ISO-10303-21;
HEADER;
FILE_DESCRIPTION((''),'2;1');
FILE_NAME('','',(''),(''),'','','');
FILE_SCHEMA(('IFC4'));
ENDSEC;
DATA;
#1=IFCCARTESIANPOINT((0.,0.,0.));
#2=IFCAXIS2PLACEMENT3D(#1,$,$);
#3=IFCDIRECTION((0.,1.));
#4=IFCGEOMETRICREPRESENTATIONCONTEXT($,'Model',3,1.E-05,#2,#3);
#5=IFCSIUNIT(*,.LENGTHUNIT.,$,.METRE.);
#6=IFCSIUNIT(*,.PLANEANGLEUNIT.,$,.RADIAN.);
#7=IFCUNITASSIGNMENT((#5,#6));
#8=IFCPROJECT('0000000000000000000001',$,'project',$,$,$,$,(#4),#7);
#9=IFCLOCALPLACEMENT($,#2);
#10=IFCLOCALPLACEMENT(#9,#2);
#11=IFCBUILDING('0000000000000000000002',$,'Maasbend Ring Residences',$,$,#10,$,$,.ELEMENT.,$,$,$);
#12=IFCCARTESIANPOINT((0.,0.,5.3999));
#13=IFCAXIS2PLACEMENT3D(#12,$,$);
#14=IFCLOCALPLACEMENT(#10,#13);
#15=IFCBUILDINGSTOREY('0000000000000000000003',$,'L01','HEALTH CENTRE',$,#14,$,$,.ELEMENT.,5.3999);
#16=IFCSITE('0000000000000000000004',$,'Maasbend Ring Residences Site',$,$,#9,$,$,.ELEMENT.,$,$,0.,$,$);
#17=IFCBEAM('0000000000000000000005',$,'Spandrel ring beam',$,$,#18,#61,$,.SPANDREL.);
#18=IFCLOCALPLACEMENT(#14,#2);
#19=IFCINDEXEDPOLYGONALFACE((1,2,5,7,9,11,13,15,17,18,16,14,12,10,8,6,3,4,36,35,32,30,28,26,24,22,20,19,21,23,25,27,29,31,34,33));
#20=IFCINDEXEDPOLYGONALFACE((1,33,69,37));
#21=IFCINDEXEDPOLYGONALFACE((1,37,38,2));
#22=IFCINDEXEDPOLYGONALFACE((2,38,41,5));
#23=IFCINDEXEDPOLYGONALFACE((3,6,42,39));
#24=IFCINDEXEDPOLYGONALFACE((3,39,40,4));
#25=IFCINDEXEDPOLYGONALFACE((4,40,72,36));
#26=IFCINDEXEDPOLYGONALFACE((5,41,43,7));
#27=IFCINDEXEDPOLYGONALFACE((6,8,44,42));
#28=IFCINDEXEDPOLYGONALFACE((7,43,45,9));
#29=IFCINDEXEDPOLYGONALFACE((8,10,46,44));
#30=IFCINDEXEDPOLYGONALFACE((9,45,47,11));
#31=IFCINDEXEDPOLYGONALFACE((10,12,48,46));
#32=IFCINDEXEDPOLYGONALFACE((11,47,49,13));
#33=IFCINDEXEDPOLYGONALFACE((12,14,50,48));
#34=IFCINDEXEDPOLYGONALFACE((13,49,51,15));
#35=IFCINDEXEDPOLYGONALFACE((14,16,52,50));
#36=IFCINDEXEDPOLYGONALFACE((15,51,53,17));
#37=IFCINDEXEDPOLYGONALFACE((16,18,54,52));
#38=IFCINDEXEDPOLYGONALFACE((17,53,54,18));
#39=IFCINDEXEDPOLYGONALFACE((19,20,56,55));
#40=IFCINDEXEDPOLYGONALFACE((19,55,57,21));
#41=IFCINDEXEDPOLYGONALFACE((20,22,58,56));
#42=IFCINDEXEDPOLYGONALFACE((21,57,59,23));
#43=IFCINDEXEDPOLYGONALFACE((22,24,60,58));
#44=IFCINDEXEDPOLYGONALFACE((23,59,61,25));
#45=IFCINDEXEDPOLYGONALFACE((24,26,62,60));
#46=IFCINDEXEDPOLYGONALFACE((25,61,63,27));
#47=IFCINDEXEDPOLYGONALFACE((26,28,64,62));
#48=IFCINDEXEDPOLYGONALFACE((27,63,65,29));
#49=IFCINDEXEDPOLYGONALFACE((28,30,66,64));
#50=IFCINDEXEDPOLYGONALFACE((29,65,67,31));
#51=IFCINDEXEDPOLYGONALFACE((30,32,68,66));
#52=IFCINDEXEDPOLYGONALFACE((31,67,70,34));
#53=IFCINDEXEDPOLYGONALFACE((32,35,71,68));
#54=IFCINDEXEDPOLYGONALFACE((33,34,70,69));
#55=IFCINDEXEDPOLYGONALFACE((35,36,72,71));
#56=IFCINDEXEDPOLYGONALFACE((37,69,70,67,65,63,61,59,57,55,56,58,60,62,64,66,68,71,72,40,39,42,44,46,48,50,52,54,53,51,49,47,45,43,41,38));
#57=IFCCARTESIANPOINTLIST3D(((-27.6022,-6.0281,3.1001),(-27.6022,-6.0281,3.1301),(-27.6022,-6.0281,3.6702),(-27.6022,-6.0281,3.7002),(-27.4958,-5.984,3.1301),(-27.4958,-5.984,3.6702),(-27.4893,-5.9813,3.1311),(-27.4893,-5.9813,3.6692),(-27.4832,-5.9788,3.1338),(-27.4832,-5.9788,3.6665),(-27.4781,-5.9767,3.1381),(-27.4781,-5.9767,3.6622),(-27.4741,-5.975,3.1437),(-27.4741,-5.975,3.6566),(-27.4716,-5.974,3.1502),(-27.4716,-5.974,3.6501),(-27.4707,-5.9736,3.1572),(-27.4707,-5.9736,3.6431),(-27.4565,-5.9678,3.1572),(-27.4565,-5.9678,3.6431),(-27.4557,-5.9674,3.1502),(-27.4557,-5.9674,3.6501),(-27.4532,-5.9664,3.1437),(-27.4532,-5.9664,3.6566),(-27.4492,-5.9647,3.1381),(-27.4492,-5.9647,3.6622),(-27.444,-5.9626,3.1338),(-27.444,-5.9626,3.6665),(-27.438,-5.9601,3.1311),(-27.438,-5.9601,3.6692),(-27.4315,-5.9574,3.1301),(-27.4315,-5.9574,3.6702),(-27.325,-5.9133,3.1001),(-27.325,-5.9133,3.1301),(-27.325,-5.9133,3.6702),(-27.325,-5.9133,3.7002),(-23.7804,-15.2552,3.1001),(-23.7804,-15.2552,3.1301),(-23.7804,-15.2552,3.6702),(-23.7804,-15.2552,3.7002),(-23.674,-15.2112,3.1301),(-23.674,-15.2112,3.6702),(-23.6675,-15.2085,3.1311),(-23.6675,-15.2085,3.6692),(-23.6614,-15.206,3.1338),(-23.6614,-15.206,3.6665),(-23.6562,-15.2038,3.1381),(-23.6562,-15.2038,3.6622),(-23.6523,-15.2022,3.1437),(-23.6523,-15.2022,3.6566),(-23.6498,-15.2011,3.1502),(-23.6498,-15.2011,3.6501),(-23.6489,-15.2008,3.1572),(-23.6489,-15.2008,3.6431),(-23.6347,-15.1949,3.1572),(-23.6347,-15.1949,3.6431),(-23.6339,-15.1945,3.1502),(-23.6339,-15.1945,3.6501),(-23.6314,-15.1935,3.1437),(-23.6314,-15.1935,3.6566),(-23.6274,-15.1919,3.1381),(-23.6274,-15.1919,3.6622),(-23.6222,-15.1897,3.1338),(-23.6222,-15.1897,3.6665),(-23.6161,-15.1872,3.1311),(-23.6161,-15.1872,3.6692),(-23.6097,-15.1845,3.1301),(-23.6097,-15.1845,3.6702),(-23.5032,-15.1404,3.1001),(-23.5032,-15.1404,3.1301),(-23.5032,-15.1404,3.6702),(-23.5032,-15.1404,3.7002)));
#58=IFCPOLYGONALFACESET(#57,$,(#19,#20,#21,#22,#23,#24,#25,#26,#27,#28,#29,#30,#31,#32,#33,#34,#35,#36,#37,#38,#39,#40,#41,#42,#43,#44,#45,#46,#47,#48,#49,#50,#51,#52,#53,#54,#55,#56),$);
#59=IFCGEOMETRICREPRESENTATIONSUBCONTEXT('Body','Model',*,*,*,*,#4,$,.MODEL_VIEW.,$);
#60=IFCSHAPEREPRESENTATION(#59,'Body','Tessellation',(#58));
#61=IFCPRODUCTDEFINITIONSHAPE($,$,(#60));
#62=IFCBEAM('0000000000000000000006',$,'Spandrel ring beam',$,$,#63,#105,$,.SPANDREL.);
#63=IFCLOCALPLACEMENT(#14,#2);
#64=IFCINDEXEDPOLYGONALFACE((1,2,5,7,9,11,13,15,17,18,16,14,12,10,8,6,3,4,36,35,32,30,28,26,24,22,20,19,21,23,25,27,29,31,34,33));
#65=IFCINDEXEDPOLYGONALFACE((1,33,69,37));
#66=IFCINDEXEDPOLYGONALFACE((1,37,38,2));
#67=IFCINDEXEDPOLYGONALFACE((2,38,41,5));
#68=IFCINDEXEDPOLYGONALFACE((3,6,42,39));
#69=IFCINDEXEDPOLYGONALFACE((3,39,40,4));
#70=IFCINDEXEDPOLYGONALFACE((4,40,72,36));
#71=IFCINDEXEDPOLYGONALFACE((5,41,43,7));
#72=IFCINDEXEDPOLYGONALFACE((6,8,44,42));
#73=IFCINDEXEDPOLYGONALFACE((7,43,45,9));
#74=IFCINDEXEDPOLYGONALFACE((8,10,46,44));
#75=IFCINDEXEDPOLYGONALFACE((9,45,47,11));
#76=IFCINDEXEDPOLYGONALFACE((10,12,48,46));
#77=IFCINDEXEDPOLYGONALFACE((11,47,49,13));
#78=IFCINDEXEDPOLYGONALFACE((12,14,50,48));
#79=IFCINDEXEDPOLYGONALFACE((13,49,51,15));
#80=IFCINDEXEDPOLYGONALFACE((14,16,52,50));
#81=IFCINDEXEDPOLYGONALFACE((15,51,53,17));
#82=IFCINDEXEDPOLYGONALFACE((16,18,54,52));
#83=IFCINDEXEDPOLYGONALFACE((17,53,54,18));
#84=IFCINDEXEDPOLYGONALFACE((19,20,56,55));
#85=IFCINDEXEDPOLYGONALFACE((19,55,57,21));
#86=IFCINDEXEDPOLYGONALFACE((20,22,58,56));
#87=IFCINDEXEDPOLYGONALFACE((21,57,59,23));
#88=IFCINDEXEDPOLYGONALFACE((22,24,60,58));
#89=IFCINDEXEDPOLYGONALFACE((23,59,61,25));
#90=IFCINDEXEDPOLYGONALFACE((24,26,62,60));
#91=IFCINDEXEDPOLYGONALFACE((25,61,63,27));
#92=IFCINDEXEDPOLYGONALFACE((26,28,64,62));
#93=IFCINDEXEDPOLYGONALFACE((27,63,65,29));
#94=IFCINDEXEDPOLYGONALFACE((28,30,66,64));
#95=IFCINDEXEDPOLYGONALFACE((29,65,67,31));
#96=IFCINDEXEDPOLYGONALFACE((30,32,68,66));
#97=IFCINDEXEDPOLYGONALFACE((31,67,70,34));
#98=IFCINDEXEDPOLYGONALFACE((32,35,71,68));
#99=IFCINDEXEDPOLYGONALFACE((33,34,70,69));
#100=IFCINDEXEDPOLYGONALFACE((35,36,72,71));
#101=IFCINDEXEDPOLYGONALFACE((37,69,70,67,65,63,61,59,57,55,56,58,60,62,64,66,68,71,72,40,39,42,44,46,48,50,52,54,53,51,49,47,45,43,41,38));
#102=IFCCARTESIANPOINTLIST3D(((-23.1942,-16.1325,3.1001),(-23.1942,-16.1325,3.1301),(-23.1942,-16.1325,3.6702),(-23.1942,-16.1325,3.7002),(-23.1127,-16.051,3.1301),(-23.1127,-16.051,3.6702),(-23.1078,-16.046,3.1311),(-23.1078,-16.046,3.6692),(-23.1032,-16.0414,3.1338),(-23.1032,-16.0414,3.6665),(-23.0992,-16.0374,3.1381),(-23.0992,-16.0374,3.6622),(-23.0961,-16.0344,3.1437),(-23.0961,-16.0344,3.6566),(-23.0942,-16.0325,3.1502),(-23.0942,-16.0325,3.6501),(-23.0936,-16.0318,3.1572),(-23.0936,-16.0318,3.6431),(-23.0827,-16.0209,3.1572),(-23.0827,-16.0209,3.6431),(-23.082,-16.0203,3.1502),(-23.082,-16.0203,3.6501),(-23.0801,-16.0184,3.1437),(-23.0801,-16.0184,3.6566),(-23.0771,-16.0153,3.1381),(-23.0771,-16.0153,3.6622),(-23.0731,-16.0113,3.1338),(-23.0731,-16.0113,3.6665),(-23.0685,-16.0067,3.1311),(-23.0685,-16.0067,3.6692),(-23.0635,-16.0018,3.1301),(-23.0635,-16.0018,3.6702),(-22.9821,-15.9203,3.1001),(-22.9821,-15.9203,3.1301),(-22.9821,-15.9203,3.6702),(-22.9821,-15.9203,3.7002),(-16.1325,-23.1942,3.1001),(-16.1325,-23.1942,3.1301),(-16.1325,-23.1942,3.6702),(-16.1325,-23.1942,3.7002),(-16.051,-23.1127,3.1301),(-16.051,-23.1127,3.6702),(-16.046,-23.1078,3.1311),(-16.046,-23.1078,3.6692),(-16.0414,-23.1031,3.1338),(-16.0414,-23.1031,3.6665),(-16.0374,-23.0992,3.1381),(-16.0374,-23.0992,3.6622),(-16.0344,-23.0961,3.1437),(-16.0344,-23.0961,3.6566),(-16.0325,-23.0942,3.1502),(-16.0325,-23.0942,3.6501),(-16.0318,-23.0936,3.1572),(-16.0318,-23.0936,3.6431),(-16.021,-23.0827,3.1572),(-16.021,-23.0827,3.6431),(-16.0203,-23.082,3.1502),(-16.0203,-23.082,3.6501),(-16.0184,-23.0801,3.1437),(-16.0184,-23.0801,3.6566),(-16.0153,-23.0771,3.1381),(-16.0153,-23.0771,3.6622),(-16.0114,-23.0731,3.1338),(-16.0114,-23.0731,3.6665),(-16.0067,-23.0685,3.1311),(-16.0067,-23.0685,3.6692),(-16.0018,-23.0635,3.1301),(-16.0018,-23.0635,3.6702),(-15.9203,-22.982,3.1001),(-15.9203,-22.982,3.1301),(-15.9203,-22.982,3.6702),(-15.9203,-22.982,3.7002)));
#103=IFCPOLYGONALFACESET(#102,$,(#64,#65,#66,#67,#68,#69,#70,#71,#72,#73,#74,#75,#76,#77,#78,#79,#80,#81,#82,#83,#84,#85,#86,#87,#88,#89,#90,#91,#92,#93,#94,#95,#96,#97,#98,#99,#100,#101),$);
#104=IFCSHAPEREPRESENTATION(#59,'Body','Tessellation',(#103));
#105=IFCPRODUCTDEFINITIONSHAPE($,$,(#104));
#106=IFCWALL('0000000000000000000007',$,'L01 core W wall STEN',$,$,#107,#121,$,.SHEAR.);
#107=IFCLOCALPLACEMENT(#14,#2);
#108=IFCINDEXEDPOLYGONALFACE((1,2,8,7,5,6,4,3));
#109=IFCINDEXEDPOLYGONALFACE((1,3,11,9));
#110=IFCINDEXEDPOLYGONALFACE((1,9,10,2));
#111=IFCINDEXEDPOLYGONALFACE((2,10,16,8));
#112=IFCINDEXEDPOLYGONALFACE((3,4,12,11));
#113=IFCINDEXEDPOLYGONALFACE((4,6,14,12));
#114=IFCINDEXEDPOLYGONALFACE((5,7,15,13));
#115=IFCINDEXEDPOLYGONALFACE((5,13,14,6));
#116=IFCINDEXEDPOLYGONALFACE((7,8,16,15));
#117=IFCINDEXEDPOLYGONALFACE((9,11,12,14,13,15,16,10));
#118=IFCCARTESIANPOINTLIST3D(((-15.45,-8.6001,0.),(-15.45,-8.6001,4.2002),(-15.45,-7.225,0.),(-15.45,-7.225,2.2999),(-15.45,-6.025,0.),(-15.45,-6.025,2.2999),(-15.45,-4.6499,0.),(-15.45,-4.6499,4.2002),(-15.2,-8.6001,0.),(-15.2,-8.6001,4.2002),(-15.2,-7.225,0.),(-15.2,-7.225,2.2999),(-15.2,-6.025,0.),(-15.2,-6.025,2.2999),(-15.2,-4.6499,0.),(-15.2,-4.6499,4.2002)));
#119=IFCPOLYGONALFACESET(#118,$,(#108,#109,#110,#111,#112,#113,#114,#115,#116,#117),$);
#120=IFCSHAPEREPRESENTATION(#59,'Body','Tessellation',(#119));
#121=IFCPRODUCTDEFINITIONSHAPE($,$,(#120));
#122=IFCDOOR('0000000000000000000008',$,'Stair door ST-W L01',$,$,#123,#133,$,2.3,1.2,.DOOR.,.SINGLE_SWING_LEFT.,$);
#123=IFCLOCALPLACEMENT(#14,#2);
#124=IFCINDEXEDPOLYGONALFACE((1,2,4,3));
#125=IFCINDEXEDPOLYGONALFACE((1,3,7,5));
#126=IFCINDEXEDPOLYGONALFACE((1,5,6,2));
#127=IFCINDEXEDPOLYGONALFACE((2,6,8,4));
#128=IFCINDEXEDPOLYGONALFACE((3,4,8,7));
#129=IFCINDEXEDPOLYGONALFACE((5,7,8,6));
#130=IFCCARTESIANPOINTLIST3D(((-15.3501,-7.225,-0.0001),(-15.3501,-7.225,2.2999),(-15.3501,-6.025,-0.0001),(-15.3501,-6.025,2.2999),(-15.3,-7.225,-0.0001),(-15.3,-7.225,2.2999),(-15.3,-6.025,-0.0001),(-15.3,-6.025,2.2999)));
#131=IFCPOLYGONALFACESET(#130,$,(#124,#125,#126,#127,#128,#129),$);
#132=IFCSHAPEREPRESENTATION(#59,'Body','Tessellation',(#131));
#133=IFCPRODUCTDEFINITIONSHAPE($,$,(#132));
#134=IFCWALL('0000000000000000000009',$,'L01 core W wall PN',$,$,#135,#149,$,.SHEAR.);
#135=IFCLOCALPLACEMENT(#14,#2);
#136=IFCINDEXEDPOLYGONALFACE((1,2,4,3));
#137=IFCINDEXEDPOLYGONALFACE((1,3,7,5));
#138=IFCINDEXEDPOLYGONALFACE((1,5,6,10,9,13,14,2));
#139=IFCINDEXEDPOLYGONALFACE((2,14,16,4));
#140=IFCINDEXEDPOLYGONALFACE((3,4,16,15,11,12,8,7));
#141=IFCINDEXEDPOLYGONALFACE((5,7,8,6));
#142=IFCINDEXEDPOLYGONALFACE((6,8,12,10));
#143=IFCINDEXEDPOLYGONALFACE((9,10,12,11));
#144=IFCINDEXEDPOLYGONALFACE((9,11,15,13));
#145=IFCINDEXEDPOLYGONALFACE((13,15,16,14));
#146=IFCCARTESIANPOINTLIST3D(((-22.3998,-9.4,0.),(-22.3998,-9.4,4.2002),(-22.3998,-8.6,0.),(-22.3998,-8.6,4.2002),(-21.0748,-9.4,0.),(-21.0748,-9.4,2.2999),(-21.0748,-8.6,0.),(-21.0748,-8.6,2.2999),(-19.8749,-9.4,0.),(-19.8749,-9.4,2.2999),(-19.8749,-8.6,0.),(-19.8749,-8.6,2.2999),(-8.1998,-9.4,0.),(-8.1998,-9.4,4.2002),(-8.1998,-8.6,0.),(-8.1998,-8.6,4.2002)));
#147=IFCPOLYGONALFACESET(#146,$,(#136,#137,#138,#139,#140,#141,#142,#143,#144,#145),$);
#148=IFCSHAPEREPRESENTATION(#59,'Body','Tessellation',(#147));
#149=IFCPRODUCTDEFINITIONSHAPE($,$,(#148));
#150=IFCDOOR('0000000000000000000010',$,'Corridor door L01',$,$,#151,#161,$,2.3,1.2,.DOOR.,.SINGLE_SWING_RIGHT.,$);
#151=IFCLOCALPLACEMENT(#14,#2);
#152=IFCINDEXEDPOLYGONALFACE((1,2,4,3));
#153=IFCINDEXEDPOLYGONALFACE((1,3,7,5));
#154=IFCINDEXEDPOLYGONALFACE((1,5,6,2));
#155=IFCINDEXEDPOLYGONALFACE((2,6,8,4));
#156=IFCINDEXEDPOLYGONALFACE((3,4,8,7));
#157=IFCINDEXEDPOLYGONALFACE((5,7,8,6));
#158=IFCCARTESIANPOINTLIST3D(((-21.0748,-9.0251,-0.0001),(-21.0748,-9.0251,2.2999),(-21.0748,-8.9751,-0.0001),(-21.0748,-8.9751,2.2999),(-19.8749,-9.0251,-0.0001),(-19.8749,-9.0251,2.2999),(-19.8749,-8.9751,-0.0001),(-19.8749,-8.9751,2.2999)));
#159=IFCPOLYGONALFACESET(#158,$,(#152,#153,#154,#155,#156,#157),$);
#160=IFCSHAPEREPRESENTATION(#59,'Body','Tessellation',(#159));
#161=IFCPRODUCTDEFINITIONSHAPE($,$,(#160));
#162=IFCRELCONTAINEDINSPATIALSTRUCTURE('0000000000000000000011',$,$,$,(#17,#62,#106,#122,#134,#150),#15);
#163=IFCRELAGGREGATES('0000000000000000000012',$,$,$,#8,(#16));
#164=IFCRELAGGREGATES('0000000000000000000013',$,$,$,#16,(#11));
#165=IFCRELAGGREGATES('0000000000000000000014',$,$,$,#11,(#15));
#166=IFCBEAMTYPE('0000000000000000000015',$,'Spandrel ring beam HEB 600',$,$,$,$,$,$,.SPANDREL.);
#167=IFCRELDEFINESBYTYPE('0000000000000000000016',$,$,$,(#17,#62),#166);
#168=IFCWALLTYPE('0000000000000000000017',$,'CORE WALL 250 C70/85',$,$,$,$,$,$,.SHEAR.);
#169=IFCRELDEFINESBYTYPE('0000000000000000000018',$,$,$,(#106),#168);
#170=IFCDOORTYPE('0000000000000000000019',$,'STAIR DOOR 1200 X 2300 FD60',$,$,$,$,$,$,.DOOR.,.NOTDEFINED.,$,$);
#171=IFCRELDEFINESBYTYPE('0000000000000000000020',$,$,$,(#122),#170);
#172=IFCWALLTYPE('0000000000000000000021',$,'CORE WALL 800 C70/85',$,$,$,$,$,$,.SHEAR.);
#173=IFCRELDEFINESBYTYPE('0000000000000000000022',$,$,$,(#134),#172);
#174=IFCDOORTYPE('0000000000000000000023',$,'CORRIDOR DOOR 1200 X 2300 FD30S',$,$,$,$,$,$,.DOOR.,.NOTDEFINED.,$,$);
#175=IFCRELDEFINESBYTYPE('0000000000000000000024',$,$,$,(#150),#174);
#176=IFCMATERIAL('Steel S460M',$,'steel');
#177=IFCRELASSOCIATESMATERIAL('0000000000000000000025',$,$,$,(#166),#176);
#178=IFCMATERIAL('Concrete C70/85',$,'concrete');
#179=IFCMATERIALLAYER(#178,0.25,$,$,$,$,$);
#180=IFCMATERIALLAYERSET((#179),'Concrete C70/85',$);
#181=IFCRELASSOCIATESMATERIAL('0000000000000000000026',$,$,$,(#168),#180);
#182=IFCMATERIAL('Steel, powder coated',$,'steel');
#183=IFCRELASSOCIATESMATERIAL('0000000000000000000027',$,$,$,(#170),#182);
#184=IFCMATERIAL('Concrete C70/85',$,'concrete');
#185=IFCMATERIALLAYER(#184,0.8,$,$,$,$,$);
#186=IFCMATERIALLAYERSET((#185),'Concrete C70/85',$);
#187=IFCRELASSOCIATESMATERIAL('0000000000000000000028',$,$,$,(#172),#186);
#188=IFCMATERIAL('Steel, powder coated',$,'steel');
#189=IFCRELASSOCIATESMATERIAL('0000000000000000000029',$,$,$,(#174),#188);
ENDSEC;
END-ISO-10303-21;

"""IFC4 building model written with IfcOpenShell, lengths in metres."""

from ifc_helpers import new_model, si_unit, direction, frame, frame_2d, origin, origin_2d, place, context, subcontext, project, spatial, rectangle, i_section, extrude, material, layer, layer_set, material_profile, profile_set, type_object, element, fill, save


model = new_model("IFC4")

# Units and contexts
model_context = context("Model", 3, precision=1e-05, world=origin(), true_north=direction((0.0, 1.0)))
body_context = subcontext(model_context, "Body", "Model", "MODEL_VIEW")
ifc_project = project(units=[si_unit("LENGTHUNIT", "METRE"), si_unit("PLANEANGLEUNIT", "RADIAN")], contexts=[model_context])

# Site, building, storey
site_placement = place(None, origin())
site = spatial("IfcSite", under=ifc_project, at=site_placement, Name="Maasbend Ring Residences Site", CompositionType="ELEMENT", RefElevation=0.0)
building_placement = place(site_placement, origin())
building = spatial("IfcBuilding", under=site, at=building_placement, Name="Maasbend Ring Residences", CompositionType="ELEMENT")
storey_placement = place(building_placement, frame((0.0, 0.0, 5.3999)))
storey = spatial("IfcBuildingStorey", under=building, at=storey_placement, Name="L01", Description="HEALTH CENTRE", CompositionType="ELEMENT", Elevation=5.3999)

# Beams
ifc_material_1 = material(Name="Steel S460M", Category="steel")
ifc_material_profile_1 = material_profile(ifc_material_1, i_section(OverallWidth=0.3, OverallDepth=0.6001, WebThickness=0.0154, FlangeThickness=0.03, FilletRadius=0.0271, at=origin_2d()), Name="HEB 600")
ifc_profile_set_1 = profile_set([ifc_material_profile_1], Name="Steel S460M")
beam_type_1 = type_object("IfcBeamType", Name="Spandrel ring beam HEB 600", PredefinedType="SPANDREL", material=ifc_profile_set_1)
beam_1_placement = place(storey_placement, frame((-27.4636, -5.9707, 3.4001), z_axis=(0.382667, -0.923886, 0.0), x_axis=(0.923886, 0.382667, 0.0)))
element("IfcBeam", 1, at=beam_1_placement, inside=storey, type_object=beam_type_1, Name="Spandrel ring beam", PredefinedType="SPANDREL", context=body_context, shape_type="SweptSolid", body=[
    extrude(i_section(OverallWidth=0.3, OverallDepth=0.6001, WebThickness=0.0154, FlangeThickness=0.03, FilletRadius=0.0271, at=origin_2d()), origin(), (0.0, 0.0, 1.0), 9.9873),
])
beam_2_placement = place(storey_placement, frame((-23.0881, -16.0264, 3.4001), z_axis=(0.707107, -0.707107, 0.0), x_axis=(0.707107, 0.707107, 0.0)))
element("IfcBeam", 2, at=beam_2_placement, inside=storey, type_object=beam_type_1, Name="Spandrel ring beam", PredefinedType="SPANDREL", context=body_context, shape_type="SweptSolid", body=[
    extrude(i_section(OverallWidth=0.3, OverallDepth=0.6001, WebThickness=0.0154, FlangeThickness=0.03, FilletRadius=0.0271, at=origin_2d()), origin(), (0.0, 0.0, 1.0), 9.9868),
])

# Walls, openings, doors
ifc_material_2 = material(Name="Concrete C70/85", Category="concrete")
ifc_layer_1 = layer(ifc_material_2, 0.25)
ifc_layer_set_1 = layer_set([ifc_layer_1], Name="Concrete C70/85")
wall_type_1 = type_object("IfcWallType", Name="CORE WALL 250 C70/85", PredefinedType="SHEAR", material=ifc_layer_set_1)
wall_1_placement = place(storey_placement, frame((-15.325, -4.6499, 0.0), z_axis=(0.0, 0.0, 1.0), x_axis=(0.0, -1.0, 0.0)))
wall_1 = element("IfcWall", 3, at=wall_1_placement, inside=storey, type_object=wall_type_1, Name="L01 core W wall STEN", PredefinedType="SHEAR", context=body_context, shape_type="SweptSolid", body=[
    extrude(rectangle(XDim=3.9502, YDim=0.25, at=frame_2d((1.9751, 0.0))), origin(), (0.0, 0.0, 1.0), 4.2002),
])
opening_1_placement = place(wall_1_placement, frame((1.375, 0.0, 0.0)))
opening_1 = element("IfcOpeningElement", 4, at=opening_1_placement, cuts=wall_1, PredefinedType="OPENING", context=body_context, shape_type="SweptSolid", body=[
    extrude(rectangle(XDim=1.2, YDim=2.3, at=frame_2d((0.6001, 1.1499))), frame((0.0, 0.135, 0.0), z_axis=(0.0, -1.0, 0.0), x_axis=(1.0, 0.0, 0.0)), (0.0, 0.0, 1.0), 0.27),
])
ifc_material_3 = material(Name="Steel, powder coated", Category="steel")
door_type_1 = type_object("IfcDoorType", Name="STAIR DOOR 1200 X 2300 FD60", OperationType="NOTDEFINED", PredefinedType="DOOR", material=ifc_material_3)
door_1_placement = place(opening_1_placement, origin())
door_1 = element("IfcDoor", 5, at=door_1_placement, inside=storey, type_object=door_type_1, Name="Stair door ST-W L01", OperationType="SINGLE_SWING_LEFT", OverallHeight=2.3, OverallWidth=1.2, PredefinedType="DOOR", context=body_context, shape_type="SweptSolid", body=[
    extrude(rectangle(XDim=1.2, YDim=2.3, at=frame_2d((0.6001, 1.1499))), frame((0.0, 0.0249, 0.0), z_axis=(0.0, -1.0, 0.0), x_axis=(1.0, 0.0, 0.0)), (0.0, 0.0, 1.0), 0.05),
])
fill(opening_1, door_1)
ifc_material_4 = material(Name="Concrete C70/85", Category="concrete")
ifc_layer_2 = layer(ifc_material_4, 0.8)
ifc_layer_set_2 = layer_set([ifc_layer_2], Name="Concrete C70/85")
wall_type_2 = type_object("IfcWallType", Name="CORE WALL 800 C70/85", PredefinedType="SHEAR", material=ifc_layer_set_2)
wall_2_placement = place(storey_placement, frame((-22.3999, -9.0, 0.0), z_axis=(0.0, 0.0, 1.0), x_axis=(1.0, 0.0, 0.0)))
wall_2 = element("IfcWall", 6, at=wall_2_placement, inside=storey, type_object=wall_type_2, Name="L01 core W wall PN", PredefinedType="SHEAR", context=body_context, shape_type="SweptSolid", body=[
    extrude(rectangle(XDim=14.2, YDim=0.8, at=frame_2d((7.1001, 0.0))), origin(), (0.0, 0.0, 1.0), 4.2002),
])
opening_2_placement = place(wall_2_placement, frame((1.325, 0.0, 0.0)))
opening_2 = element("IfcOpeningElement", 7, at=opening_2_placement, cuts=wall_2, PredefinedType="OPENING", context=body_context, shape_type="SweptSolid", body=[
    extrude(rectangle(XDim=1.2, YDim=2.3, at=frame_2d((0.6001, 1.1499))), frame((0.0, 0.4102, 0.0), z_axis=(0.0, -1.0, 0.0), x_axis=(1.0, 0.0, 0.0)), (0.0, 0.0, 1.0), 0.8201),
])
ifc_material_5 = material(Name="Steel, powder coated", Category="steel")
door_type_2 = type_object("IfcDoorType", Name="CORRIDOR DOOR 1200 X 2300 FD30S", OperationType="NOTDEFINED", PredefinedType="DOOR", material=ifc_material_5)
door_2_placement = place(opening_2_placement, origin())
door_2 = element("IfcDoor", 8, at=door_2_placement, inside=storey, type_object=door_type_2, Name="Corridor door L01", OperationType="SINGLE_SWING_RIGHT", OverallHeight=2.3, OverallWidth=1.2, PredefinedType="DOOR", context=body_context, shape_type="SweptSolid", body=[
    extrude(rectangle(XDim=1.2, YDim=2.3, at=frame_2d((0.6001, 1.1499))), frame((0.0, 0.0249, 0.0), z_axis=(0.0, -1.0, 0.0), x_axis=(1.0, 0.0, 0.0)), (0.0, 0.0, 1.0), 0.05),
])
fill(opening_2, door_2)

save(model, "model.ifc")
